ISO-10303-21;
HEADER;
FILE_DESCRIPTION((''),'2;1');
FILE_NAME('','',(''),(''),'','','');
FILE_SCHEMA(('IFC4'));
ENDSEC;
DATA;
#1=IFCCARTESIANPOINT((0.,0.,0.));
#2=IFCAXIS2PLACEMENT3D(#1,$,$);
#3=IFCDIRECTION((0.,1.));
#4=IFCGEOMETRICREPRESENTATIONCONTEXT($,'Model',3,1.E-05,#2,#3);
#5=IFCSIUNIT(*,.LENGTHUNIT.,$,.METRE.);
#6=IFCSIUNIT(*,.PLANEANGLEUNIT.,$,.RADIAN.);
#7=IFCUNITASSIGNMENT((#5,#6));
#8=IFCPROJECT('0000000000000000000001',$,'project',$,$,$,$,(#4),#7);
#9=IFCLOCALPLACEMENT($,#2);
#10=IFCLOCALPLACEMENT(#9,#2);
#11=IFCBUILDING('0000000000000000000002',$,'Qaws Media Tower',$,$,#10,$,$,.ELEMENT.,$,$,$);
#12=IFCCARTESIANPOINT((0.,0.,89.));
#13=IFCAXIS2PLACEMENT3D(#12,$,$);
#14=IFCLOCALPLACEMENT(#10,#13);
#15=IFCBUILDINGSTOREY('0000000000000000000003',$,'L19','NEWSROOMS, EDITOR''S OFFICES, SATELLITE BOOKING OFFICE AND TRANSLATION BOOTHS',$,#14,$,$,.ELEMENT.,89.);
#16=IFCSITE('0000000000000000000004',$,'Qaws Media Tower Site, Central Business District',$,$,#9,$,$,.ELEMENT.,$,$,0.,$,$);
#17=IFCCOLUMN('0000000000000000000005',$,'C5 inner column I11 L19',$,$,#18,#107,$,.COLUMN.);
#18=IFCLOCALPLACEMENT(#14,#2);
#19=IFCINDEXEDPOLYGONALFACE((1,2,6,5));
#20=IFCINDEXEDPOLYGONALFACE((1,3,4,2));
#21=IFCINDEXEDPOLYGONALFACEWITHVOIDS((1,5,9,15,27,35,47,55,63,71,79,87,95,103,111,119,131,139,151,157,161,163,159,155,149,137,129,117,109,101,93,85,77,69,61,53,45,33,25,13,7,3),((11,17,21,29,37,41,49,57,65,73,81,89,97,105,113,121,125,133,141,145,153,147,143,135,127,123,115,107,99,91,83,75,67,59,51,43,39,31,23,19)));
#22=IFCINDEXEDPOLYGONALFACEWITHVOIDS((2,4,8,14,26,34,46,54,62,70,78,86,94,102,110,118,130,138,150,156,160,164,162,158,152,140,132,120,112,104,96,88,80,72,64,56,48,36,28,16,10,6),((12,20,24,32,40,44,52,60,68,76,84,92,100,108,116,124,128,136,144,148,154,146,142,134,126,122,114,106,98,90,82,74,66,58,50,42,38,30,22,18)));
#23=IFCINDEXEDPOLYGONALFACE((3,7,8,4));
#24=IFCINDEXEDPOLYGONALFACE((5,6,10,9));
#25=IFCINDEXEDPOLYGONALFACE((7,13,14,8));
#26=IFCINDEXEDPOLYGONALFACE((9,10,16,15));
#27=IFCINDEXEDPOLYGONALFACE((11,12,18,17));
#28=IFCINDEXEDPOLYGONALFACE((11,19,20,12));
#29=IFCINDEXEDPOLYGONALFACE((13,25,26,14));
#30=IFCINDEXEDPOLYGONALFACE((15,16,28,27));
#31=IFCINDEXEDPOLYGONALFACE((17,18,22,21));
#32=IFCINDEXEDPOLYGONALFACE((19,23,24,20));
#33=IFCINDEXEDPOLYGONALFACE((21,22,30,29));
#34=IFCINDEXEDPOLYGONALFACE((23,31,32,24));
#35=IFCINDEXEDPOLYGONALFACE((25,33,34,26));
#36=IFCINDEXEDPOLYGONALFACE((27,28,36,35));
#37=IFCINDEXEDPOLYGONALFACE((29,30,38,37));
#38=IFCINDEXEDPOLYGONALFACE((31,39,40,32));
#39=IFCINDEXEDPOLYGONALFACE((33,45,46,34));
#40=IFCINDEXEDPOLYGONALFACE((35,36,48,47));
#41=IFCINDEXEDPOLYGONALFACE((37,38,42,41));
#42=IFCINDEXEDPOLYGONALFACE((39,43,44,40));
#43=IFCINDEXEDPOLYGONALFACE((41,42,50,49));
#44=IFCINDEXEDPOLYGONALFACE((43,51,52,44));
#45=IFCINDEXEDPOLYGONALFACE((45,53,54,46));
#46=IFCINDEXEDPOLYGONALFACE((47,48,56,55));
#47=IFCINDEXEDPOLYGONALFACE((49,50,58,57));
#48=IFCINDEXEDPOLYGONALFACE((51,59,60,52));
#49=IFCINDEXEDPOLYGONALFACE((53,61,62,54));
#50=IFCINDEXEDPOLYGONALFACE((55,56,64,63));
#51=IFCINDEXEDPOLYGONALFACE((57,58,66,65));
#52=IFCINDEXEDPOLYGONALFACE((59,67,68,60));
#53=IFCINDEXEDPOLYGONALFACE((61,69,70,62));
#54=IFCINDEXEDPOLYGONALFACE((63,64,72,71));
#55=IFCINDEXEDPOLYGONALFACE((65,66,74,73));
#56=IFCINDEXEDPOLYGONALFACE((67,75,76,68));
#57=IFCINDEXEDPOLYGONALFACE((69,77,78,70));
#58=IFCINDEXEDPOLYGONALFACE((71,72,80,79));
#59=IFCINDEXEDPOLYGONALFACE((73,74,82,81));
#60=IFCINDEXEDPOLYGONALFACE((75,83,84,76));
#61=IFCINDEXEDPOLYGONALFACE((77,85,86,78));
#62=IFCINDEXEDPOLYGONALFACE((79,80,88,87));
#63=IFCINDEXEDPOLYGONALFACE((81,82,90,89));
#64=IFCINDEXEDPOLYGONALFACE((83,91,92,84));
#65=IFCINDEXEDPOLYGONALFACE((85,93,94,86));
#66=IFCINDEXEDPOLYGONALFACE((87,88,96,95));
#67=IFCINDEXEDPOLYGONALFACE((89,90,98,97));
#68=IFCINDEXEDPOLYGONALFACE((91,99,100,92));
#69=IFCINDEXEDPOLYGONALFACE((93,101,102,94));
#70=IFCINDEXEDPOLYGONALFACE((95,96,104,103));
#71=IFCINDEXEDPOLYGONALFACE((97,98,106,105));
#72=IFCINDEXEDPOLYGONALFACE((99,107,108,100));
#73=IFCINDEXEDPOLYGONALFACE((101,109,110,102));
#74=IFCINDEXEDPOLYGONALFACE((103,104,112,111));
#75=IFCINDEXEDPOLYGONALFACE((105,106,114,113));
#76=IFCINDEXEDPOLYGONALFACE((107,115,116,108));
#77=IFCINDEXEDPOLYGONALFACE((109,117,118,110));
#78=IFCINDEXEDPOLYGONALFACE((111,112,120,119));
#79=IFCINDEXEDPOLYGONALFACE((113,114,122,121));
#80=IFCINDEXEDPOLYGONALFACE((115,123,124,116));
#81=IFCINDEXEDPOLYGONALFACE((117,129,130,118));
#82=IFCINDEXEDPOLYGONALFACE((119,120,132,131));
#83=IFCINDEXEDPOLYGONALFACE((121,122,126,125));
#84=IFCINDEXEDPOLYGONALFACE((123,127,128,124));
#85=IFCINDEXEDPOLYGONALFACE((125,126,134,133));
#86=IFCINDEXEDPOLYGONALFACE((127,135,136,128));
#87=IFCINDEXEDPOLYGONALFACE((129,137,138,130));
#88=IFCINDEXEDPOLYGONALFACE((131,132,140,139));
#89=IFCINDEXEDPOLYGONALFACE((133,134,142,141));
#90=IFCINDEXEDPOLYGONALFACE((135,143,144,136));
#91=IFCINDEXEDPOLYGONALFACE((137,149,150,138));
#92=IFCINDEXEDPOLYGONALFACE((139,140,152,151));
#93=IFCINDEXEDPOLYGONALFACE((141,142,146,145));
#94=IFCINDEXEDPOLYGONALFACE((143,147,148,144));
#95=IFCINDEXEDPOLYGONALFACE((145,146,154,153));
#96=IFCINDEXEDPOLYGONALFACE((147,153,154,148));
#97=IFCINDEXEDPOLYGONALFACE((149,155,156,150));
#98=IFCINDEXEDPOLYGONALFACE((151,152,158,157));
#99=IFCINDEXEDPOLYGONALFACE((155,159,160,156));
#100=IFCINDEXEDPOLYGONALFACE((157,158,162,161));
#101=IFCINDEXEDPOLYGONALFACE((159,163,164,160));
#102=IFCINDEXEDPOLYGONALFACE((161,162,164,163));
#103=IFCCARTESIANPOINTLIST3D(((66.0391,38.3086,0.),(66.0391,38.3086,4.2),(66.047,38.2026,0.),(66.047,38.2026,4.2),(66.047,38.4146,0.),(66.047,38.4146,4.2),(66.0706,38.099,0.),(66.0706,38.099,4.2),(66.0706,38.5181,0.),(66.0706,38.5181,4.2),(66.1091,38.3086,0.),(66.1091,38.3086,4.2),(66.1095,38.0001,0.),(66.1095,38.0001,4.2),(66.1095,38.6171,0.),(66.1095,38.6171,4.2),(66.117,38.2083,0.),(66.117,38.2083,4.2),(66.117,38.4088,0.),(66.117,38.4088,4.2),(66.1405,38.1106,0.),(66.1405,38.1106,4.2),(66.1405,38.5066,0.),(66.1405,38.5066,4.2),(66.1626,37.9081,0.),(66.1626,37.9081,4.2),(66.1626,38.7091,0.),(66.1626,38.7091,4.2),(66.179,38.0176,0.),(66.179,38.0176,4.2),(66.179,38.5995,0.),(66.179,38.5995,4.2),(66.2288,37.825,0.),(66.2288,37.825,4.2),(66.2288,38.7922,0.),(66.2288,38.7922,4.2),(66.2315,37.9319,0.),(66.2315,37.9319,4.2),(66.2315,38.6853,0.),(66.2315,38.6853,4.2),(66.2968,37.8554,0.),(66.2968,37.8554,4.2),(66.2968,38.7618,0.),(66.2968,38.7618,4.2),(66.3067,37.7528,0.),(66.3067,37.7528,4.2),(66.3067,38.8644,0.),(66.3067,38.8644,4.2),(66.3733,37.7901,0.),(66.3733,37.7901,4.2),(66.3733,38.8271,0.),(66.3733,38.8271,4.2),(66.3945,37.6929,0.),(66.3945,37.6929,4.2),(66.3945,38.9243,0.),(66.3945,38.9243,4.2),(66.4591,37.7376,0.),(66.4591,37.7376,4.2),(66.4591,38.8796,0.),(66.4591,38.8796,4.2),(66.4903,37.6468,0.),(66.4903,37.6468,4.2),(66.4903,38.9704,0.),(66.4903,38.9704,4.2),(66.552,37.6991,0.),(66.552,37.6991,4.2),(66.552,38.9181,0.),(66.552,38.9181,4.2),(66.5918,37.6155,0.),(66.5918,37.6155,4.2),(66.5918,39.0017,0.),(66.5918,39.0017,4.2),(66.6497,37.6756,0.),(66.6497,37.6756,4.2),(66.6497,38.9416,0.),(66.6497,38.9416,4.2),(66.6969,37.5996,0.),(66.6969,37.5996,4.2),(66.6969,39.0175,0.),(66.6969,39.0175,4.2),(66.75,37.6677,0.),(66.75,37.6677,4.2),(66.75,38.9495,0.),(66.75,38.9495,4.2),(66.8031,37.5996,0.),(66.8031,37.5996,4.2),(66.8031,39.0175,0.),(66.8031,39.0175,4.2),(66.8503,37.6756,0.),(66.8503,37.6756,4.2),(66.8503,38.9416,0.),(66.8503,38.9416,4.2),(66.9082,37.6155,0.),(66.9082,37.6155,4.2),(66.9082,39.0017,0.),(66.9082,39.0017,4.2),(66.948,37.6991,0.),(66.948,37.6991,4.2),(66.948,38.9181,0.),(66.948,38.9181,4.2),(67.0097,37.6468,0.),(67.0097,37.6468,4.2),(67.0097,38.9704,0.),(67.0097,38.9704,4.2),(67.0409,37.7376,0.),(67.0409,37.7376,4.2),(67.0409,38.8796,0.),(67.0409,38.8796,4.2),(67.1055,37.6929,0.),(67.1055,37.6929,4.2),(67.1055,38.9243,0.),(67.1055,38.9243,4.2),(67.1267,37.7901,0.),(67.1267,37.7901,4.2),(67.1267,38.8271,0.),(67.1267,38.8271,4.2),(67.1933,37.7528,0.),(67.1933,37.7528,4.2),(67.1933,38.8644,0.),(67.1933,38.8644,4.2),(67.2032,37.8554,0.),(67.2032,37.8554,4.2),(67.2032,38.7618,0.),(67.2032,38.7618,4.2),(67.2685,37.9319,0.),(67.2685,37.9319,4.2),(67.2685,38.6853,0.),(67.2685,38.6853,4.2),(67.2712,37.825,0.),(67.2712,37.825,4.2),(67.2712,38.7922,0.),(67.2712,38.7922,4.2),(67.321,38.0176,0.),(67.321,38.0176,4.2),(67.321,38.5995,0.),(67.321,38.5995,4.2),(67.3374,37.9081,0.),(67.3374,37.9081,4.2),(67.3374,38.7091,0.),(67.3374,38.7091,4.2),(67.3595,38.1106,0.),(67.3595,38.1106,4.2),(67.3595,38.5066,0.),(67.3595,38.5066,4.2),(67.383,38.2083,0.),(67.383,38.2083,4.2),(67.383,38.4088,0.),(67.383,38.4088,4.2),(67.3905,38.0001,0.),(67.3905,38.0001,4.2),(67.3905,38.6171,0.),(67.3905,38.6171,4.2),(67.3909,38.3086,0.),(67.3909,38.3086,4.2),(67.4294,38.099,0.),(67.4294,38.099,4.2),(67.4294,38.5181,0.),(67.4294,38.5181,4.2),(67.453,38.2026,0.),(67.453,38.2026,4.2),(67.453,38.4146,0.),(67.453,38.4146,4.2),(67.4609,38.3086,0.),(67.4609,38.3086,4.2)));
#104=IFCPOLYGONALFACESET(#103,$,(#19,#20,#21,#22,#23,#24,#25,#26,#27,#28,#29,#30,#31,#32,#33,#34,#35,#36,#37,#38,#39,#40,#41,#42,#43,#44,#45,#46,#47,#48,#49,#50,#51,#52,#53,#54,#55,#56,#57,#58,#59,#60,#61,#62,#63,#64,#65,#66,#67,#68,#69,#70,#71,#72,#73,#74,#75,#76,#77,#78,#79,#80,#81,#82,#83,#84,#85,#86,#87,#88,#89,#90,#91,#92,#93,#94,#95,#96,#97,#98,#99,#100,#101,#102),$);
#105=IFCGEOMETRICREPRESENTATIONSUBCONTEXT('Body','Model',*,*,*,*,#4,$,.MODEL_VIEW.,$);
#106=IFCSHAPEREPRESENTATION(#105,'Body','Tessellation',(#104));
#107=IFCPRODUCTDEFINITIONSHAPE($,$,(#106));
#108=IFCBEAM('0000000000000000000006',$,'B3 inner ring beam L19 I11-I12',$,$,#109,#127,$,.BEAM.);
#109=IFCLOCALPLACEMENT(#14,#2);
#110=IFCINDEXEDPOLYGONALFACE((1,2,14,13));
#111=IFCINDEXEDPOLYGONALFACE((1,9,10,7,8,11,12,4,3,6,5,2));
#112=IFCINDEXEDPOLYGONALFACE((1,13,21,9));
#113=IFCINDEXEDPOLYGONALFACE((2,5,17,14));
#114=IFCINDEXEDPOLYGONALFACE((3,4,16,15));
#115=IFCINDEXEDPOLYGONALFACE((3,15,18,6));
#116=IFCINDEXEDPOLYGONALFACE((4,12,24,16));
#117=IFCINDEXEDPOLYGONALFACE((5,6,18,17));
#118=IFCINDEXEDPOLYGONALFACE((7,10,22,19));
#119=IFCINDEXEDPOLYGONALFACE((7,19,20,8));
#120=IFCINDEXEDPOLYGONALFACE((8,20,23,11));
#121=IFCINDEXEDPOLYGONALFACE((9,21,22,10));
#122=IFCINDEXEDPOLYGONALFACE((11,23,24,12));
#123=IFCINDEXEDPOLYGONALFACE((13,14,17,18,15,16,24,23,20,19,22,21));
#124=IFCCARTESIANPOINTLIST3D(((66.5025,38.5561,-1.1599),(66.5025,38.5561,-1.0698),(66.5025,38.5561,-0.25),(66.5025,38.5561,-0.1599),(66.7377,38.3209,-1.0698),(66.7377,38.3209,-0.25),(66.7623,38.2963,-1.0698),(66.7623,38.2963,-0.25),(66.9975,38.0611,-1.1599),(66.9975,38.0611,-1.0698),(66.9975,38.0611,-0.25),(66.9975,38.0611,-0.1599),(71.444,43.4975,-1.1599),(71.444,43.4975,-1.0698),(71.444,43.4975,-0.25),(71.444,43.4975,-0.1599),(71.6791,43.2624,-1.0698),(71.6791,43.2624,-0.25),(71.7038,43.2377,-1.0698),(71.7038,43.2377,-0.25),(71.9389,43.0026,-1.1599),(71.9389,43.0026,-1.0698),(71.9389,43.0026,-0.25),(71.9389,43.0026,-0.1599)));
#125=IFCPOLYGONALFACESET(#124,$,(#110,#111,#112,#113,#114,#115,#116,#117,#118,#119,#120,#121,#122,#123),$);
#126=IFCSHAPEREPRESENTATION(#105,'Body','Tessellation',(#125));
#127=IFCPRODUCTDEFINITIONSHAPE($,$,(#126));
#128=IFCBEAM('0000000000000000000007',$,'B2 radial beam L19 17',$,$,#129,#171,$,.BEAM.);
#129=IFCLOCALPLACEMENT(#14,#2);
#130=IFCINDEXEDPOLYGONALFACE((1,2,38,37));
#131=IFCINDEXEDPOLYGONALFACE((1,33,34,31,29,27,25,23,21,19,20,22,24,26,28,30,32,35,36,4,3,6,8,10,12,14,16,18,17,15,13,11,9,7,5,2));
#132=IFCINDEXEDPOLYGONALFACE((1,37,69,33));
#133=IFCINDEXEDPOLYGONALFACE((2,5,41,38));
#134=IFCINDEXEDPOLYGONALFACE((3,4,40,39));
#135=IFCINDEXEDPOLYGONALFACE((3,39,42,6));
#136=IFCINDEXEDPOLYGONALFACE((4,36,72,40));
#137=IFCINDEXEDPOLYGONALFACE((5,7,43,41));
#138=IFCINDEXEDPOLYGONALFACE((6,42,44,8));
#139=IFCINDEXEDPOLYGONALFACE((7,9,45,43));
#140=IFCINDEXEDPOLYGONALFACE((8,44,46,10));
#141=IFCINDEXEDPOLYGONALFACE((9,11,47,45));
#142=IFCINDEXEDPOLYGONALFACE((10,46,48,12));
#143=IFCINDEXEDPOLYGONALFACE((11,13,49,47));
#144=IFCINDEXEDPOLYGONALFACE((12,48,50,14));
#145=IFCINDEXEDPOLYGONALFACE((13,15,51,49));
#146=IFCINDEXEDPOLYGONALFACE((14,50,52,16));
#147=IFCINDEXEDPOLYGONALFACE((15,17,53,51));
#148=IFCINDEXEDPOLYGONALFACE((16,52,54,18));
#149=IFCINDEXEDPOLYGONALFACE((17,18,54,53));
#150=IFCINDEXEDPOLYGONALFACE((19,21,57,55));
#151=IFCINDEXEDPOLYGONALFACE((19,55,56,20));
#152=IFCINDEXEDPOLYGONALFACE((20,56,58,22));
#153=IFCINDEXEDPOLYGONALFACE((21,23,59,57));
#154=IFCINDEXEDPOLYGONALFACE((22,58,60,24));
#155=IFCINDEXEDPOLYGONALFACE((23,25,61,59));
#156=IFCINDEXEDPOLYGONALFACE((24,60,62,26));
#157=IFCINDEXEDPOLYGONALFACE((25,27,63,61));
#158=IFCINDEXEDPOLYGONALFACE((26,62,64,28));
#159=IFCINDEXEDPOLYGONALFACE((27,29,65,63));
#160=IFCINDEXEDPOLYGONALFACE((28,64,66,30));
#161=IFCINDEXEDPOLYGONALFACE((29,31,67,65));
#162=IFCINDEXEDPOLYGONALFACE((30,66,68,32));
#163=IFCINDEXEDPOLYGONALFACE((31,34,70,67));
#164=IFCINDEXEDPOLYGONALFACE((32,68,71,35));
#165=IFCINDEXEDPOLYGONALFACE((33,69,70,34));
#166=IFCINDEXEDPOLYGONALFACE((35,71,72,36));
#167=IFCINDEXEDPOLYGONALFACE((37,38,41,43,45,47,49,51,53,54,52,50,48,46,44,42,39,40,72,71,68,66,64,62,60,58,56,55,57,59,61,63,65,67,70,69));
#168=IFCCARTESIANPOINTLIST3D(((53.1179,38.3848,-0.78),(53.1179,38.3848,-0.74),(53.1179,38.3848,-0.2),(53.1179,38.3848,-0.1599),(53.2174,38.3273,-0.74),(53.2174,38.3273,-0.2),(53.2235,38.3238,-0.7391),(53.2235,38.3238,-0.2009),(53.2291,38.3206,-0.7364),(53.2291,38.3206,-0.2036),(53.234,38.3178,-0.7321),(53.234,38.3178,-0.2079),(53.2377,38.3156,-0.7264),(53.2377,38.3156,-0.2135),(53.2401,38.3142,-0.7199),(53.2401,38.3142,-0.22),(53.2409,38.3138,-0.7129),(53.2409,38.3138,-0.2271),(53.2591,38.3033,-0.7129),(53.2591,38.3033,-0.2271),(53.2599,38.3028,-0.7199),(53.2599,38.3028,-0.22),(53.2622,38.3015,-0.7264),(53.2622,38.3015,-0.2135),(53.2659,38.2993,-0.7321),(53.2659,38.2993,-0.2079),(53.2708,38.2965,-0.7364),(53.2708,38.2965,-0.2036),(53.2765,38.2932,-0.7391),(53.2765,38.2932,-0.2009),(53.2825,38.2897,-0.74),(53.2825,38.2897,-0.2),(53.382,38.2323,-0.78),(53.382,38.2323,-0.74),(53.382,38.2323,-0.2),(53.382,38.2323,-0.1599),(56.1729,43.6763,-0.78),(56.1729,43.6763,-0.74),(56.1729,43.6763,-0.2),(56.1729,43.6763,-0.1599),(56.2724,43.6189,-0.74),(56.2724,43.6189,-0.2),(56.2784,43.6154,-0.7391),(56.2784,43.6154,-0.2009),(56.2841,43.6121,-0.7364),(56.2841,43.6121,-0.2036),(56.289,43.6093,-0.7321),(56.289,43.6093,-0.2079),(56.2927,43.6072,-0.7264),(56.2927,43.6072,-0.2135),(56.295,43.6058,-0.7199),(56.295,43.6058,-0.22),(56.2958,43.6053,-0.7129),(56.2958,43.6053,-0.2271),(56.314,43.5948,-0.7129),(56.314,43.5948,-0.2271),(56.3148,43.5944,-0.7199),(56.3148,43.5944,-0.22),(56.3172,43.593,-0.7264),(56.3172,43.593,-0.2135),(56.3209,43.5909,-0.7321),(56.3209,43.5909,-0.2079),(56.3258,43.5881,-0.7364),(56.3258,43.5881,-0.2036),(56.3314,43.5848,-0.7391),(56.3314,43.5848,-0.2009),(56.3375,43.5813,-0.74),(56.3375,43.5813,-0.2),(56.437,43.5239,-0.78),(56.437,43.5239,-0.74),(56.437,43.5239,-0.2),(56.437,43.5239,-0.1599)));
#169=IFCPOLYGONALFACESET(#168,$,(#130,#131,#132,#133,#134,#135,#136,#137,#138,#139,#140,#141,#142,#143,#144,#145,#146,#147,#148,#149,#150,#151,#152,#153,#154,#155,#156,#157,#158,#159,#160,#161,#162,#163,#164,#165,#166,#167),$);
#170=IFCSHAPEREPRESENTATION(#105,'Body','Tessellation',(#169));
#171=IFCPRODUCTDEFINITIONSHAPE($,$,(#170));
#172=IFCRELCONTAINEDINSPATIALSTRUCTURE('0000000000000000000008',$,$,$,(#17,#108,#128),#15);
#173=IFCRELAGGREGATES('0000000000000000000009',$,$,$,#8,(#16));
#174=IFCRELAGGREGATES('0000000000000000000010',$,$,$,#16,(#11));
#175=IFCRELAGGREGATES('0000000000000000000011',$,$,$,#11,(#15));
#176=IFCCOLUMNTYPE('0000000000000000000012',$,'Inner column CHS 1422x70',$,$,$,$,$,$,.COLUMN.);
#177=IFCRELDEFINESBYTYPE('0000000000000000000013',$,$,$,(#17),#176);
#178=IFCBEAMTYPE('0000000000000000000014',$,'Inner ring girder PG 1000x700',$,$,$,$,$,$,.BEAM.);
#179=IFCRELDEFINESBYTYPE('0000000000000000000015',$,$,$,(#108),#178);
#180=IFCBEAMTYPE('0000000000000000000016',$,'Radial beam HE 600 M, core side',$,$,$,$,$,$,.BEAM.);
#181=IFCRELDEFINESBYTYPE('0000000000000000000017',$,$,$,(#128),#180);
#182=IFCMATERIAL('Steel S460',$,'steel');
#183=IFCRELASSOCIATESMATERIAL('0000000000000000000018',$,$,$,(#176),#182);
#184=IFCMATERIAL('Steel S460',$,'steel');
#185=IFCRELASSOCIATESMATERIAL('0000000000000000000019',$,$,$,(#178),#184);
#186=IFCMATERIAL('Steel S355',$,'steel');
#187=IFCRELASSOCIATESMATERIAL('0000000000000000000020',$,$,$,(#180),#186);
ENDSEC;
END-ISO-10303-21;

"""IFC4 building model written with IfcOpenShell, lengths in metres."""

from ifc_helpers import new_model, si_unit, direction, frame, origin, origin_2d, place, context, subcontext, project, spatial, hollow_circle, i_section, extrude, material, material_profile, profile_set, type_object, element, save


model = new_model("IFC4")

# Units and contexts
model_context = context("Model", 3, precision=1e-05, world=origin(), true_north=direction((0.0, 1.0)))
body_context = subcontext(model_context, "Body", "Model", "MODEL_VIEW")
ifc_project = project(units=[si_unit("LENGTHUNIT", "METRE"), si_unit("PLANEANGLEUNIT", "RADIAN")], contexts=[model_context])

# Site, building, storey
site_placement = place(None, origin())
site = spatial("IfcSite", under=ifc_project, at=site_placement, Name="Qaws Media Tower Site, Central Business District", CompositionType="ELEMENT", RefElevation=0.0)
building_placement = place(site_placement, origin())
building = spatial("IfcBuilding", under=site, at=building_placement, Name="Qaws Media Tower", CompositionType="ELEMENT")
storey_placement = place(building_placement, frame((0.0, 0.0, 89.0)))
storey = spatial("IfcBuildingStorey", under=building, at=storey_placement, Name="L19", Description="NEWSROOMS, EDITOR'S OFFICES, SATELLITE BOOKING OFFICE AND TRANSLATION BOOTHS", CompositionType="ELEMENT", Elevation=89.0)

# Column
ifc_material_1 = material(Name="Steel S460", Category="steel")
ifc_material_profile_1 = material_profile(ifc_material_1, hollow_circle(Radius=0.7109, WallThickness=0.0701, at=origin_2d()), Name="CHS 1422x70")
ifc_profile_set_1 = profile_set([ifc_material_profile_1], Name="Steel S460")
column_type = type_object("IfcColumnType", Name="Inner column CHS 1422x70", PredefinedType="COLUMN", material=ifc_profile_set_1)
column_placement = place(storey_placement, frame((66.75, 38.3086, 0.0), z_axis=(0.0, 0.0, 1.0), x_axis=(1.0, 0.0, 0.0)))
element("IfcColumn", 1, at=column_placement, inside=storey, type_object=column_type, Name="C5 inner column I11 L19", PredefinedType="COLUMN", context=body_context, shape_type="SweptSolid", body=[
    extrude(hollow_circle(Radius=0.7109, WallThickness=0.0701, at=origin_2d()), origin(), (0.0, 0.0, 1.0), 4.2),
])

# Beams
ifc_material_2 = material(Name="Steel S460", Category="steel")
ifc_material_profile_2 = material_profile(ifc_material_2, i_section(OverallWidth=0.7, OverallDepth=1.0, WebThickness=0.0349, FlangeThickness=0.0901, at=origin_2d()), Name="PG 1000x700")
ifc_profile_set_2 = profile_set([ifc_material_profile_2], Name="Steel S460")
beam_type_1 = type_object("IfcBeamType", Name="Inner ring girder PG 1000x700", PredefinedType="BEAM", material=ifc_profile_set_2)
beam_1_placement = place(storey_placement, frame((66.75, 38.3086, -0.6599), z_axis=(0.707107, 0.707107, 0.0), x_axis=(-0.707107, 0.707107, 0.0)))
element("IfcBeam", 2, at=beam_1_placement, inside=storey, type_object=beam_type_1, Name="B3 inner ring beam L19 I11-I12", PredefinedType="BEAM", context=body_context, shape_type="SweptSolid", body=[
    extrude(i_section(OverallWidth=0.7, OverallDepth=1.0, WebThickness=0.0349, FlangeThickness=0.0901, at=origin_2d()), origin(), (0.0, 0.0, 1.0), 6.9883),
])
ifc_material_3 = material(Name="Steel S355", Category="steel")
ifc_material_profile_3 = material_profile(ifc_material_3, i_section(OverallWidth=0.3049, OverallDepth=0.6201, WebThickness=0.021, FlangeThickness=0.04, FilletRadius=0.0271, at=origin_2d()), Name="HE 600 M")
ifc_profile_set_3 = profile_set([ifc_material_profile_3], Name="Steel S355")
beam_type_2 = type_object("IfcBeamType", Name="Radial beam HE 600 M, core side", PredefinedType="BEAM", material=ifc_profile_set_3)
beam_2_placement = place(storey_placement, frame((56.3049, 43.6001, -0.47), z_axis=(-0.499985, -0.866034, 0.0), x_axis=(0.866034, -0.499985, 0.0)))
element("IfcBeam", 3, at=beam_2_placement, inside=storey, type_object=beam_type_2, Name="B2 radial beam L19 17", PredefinedType="BEAM", context=body_context, shape_type="SweptSolid", body=[
    extrude(i_section(OverallWidth=0.3049, OverallDepth=0.6201, WebThickness=0.021, FlangeThickness=0.04, FilletRadius=0.0271, at=origin_2d()), origin(), (0.0, 0.0, 1.0), 6.1101),
])

save(model, "model.ifc")
